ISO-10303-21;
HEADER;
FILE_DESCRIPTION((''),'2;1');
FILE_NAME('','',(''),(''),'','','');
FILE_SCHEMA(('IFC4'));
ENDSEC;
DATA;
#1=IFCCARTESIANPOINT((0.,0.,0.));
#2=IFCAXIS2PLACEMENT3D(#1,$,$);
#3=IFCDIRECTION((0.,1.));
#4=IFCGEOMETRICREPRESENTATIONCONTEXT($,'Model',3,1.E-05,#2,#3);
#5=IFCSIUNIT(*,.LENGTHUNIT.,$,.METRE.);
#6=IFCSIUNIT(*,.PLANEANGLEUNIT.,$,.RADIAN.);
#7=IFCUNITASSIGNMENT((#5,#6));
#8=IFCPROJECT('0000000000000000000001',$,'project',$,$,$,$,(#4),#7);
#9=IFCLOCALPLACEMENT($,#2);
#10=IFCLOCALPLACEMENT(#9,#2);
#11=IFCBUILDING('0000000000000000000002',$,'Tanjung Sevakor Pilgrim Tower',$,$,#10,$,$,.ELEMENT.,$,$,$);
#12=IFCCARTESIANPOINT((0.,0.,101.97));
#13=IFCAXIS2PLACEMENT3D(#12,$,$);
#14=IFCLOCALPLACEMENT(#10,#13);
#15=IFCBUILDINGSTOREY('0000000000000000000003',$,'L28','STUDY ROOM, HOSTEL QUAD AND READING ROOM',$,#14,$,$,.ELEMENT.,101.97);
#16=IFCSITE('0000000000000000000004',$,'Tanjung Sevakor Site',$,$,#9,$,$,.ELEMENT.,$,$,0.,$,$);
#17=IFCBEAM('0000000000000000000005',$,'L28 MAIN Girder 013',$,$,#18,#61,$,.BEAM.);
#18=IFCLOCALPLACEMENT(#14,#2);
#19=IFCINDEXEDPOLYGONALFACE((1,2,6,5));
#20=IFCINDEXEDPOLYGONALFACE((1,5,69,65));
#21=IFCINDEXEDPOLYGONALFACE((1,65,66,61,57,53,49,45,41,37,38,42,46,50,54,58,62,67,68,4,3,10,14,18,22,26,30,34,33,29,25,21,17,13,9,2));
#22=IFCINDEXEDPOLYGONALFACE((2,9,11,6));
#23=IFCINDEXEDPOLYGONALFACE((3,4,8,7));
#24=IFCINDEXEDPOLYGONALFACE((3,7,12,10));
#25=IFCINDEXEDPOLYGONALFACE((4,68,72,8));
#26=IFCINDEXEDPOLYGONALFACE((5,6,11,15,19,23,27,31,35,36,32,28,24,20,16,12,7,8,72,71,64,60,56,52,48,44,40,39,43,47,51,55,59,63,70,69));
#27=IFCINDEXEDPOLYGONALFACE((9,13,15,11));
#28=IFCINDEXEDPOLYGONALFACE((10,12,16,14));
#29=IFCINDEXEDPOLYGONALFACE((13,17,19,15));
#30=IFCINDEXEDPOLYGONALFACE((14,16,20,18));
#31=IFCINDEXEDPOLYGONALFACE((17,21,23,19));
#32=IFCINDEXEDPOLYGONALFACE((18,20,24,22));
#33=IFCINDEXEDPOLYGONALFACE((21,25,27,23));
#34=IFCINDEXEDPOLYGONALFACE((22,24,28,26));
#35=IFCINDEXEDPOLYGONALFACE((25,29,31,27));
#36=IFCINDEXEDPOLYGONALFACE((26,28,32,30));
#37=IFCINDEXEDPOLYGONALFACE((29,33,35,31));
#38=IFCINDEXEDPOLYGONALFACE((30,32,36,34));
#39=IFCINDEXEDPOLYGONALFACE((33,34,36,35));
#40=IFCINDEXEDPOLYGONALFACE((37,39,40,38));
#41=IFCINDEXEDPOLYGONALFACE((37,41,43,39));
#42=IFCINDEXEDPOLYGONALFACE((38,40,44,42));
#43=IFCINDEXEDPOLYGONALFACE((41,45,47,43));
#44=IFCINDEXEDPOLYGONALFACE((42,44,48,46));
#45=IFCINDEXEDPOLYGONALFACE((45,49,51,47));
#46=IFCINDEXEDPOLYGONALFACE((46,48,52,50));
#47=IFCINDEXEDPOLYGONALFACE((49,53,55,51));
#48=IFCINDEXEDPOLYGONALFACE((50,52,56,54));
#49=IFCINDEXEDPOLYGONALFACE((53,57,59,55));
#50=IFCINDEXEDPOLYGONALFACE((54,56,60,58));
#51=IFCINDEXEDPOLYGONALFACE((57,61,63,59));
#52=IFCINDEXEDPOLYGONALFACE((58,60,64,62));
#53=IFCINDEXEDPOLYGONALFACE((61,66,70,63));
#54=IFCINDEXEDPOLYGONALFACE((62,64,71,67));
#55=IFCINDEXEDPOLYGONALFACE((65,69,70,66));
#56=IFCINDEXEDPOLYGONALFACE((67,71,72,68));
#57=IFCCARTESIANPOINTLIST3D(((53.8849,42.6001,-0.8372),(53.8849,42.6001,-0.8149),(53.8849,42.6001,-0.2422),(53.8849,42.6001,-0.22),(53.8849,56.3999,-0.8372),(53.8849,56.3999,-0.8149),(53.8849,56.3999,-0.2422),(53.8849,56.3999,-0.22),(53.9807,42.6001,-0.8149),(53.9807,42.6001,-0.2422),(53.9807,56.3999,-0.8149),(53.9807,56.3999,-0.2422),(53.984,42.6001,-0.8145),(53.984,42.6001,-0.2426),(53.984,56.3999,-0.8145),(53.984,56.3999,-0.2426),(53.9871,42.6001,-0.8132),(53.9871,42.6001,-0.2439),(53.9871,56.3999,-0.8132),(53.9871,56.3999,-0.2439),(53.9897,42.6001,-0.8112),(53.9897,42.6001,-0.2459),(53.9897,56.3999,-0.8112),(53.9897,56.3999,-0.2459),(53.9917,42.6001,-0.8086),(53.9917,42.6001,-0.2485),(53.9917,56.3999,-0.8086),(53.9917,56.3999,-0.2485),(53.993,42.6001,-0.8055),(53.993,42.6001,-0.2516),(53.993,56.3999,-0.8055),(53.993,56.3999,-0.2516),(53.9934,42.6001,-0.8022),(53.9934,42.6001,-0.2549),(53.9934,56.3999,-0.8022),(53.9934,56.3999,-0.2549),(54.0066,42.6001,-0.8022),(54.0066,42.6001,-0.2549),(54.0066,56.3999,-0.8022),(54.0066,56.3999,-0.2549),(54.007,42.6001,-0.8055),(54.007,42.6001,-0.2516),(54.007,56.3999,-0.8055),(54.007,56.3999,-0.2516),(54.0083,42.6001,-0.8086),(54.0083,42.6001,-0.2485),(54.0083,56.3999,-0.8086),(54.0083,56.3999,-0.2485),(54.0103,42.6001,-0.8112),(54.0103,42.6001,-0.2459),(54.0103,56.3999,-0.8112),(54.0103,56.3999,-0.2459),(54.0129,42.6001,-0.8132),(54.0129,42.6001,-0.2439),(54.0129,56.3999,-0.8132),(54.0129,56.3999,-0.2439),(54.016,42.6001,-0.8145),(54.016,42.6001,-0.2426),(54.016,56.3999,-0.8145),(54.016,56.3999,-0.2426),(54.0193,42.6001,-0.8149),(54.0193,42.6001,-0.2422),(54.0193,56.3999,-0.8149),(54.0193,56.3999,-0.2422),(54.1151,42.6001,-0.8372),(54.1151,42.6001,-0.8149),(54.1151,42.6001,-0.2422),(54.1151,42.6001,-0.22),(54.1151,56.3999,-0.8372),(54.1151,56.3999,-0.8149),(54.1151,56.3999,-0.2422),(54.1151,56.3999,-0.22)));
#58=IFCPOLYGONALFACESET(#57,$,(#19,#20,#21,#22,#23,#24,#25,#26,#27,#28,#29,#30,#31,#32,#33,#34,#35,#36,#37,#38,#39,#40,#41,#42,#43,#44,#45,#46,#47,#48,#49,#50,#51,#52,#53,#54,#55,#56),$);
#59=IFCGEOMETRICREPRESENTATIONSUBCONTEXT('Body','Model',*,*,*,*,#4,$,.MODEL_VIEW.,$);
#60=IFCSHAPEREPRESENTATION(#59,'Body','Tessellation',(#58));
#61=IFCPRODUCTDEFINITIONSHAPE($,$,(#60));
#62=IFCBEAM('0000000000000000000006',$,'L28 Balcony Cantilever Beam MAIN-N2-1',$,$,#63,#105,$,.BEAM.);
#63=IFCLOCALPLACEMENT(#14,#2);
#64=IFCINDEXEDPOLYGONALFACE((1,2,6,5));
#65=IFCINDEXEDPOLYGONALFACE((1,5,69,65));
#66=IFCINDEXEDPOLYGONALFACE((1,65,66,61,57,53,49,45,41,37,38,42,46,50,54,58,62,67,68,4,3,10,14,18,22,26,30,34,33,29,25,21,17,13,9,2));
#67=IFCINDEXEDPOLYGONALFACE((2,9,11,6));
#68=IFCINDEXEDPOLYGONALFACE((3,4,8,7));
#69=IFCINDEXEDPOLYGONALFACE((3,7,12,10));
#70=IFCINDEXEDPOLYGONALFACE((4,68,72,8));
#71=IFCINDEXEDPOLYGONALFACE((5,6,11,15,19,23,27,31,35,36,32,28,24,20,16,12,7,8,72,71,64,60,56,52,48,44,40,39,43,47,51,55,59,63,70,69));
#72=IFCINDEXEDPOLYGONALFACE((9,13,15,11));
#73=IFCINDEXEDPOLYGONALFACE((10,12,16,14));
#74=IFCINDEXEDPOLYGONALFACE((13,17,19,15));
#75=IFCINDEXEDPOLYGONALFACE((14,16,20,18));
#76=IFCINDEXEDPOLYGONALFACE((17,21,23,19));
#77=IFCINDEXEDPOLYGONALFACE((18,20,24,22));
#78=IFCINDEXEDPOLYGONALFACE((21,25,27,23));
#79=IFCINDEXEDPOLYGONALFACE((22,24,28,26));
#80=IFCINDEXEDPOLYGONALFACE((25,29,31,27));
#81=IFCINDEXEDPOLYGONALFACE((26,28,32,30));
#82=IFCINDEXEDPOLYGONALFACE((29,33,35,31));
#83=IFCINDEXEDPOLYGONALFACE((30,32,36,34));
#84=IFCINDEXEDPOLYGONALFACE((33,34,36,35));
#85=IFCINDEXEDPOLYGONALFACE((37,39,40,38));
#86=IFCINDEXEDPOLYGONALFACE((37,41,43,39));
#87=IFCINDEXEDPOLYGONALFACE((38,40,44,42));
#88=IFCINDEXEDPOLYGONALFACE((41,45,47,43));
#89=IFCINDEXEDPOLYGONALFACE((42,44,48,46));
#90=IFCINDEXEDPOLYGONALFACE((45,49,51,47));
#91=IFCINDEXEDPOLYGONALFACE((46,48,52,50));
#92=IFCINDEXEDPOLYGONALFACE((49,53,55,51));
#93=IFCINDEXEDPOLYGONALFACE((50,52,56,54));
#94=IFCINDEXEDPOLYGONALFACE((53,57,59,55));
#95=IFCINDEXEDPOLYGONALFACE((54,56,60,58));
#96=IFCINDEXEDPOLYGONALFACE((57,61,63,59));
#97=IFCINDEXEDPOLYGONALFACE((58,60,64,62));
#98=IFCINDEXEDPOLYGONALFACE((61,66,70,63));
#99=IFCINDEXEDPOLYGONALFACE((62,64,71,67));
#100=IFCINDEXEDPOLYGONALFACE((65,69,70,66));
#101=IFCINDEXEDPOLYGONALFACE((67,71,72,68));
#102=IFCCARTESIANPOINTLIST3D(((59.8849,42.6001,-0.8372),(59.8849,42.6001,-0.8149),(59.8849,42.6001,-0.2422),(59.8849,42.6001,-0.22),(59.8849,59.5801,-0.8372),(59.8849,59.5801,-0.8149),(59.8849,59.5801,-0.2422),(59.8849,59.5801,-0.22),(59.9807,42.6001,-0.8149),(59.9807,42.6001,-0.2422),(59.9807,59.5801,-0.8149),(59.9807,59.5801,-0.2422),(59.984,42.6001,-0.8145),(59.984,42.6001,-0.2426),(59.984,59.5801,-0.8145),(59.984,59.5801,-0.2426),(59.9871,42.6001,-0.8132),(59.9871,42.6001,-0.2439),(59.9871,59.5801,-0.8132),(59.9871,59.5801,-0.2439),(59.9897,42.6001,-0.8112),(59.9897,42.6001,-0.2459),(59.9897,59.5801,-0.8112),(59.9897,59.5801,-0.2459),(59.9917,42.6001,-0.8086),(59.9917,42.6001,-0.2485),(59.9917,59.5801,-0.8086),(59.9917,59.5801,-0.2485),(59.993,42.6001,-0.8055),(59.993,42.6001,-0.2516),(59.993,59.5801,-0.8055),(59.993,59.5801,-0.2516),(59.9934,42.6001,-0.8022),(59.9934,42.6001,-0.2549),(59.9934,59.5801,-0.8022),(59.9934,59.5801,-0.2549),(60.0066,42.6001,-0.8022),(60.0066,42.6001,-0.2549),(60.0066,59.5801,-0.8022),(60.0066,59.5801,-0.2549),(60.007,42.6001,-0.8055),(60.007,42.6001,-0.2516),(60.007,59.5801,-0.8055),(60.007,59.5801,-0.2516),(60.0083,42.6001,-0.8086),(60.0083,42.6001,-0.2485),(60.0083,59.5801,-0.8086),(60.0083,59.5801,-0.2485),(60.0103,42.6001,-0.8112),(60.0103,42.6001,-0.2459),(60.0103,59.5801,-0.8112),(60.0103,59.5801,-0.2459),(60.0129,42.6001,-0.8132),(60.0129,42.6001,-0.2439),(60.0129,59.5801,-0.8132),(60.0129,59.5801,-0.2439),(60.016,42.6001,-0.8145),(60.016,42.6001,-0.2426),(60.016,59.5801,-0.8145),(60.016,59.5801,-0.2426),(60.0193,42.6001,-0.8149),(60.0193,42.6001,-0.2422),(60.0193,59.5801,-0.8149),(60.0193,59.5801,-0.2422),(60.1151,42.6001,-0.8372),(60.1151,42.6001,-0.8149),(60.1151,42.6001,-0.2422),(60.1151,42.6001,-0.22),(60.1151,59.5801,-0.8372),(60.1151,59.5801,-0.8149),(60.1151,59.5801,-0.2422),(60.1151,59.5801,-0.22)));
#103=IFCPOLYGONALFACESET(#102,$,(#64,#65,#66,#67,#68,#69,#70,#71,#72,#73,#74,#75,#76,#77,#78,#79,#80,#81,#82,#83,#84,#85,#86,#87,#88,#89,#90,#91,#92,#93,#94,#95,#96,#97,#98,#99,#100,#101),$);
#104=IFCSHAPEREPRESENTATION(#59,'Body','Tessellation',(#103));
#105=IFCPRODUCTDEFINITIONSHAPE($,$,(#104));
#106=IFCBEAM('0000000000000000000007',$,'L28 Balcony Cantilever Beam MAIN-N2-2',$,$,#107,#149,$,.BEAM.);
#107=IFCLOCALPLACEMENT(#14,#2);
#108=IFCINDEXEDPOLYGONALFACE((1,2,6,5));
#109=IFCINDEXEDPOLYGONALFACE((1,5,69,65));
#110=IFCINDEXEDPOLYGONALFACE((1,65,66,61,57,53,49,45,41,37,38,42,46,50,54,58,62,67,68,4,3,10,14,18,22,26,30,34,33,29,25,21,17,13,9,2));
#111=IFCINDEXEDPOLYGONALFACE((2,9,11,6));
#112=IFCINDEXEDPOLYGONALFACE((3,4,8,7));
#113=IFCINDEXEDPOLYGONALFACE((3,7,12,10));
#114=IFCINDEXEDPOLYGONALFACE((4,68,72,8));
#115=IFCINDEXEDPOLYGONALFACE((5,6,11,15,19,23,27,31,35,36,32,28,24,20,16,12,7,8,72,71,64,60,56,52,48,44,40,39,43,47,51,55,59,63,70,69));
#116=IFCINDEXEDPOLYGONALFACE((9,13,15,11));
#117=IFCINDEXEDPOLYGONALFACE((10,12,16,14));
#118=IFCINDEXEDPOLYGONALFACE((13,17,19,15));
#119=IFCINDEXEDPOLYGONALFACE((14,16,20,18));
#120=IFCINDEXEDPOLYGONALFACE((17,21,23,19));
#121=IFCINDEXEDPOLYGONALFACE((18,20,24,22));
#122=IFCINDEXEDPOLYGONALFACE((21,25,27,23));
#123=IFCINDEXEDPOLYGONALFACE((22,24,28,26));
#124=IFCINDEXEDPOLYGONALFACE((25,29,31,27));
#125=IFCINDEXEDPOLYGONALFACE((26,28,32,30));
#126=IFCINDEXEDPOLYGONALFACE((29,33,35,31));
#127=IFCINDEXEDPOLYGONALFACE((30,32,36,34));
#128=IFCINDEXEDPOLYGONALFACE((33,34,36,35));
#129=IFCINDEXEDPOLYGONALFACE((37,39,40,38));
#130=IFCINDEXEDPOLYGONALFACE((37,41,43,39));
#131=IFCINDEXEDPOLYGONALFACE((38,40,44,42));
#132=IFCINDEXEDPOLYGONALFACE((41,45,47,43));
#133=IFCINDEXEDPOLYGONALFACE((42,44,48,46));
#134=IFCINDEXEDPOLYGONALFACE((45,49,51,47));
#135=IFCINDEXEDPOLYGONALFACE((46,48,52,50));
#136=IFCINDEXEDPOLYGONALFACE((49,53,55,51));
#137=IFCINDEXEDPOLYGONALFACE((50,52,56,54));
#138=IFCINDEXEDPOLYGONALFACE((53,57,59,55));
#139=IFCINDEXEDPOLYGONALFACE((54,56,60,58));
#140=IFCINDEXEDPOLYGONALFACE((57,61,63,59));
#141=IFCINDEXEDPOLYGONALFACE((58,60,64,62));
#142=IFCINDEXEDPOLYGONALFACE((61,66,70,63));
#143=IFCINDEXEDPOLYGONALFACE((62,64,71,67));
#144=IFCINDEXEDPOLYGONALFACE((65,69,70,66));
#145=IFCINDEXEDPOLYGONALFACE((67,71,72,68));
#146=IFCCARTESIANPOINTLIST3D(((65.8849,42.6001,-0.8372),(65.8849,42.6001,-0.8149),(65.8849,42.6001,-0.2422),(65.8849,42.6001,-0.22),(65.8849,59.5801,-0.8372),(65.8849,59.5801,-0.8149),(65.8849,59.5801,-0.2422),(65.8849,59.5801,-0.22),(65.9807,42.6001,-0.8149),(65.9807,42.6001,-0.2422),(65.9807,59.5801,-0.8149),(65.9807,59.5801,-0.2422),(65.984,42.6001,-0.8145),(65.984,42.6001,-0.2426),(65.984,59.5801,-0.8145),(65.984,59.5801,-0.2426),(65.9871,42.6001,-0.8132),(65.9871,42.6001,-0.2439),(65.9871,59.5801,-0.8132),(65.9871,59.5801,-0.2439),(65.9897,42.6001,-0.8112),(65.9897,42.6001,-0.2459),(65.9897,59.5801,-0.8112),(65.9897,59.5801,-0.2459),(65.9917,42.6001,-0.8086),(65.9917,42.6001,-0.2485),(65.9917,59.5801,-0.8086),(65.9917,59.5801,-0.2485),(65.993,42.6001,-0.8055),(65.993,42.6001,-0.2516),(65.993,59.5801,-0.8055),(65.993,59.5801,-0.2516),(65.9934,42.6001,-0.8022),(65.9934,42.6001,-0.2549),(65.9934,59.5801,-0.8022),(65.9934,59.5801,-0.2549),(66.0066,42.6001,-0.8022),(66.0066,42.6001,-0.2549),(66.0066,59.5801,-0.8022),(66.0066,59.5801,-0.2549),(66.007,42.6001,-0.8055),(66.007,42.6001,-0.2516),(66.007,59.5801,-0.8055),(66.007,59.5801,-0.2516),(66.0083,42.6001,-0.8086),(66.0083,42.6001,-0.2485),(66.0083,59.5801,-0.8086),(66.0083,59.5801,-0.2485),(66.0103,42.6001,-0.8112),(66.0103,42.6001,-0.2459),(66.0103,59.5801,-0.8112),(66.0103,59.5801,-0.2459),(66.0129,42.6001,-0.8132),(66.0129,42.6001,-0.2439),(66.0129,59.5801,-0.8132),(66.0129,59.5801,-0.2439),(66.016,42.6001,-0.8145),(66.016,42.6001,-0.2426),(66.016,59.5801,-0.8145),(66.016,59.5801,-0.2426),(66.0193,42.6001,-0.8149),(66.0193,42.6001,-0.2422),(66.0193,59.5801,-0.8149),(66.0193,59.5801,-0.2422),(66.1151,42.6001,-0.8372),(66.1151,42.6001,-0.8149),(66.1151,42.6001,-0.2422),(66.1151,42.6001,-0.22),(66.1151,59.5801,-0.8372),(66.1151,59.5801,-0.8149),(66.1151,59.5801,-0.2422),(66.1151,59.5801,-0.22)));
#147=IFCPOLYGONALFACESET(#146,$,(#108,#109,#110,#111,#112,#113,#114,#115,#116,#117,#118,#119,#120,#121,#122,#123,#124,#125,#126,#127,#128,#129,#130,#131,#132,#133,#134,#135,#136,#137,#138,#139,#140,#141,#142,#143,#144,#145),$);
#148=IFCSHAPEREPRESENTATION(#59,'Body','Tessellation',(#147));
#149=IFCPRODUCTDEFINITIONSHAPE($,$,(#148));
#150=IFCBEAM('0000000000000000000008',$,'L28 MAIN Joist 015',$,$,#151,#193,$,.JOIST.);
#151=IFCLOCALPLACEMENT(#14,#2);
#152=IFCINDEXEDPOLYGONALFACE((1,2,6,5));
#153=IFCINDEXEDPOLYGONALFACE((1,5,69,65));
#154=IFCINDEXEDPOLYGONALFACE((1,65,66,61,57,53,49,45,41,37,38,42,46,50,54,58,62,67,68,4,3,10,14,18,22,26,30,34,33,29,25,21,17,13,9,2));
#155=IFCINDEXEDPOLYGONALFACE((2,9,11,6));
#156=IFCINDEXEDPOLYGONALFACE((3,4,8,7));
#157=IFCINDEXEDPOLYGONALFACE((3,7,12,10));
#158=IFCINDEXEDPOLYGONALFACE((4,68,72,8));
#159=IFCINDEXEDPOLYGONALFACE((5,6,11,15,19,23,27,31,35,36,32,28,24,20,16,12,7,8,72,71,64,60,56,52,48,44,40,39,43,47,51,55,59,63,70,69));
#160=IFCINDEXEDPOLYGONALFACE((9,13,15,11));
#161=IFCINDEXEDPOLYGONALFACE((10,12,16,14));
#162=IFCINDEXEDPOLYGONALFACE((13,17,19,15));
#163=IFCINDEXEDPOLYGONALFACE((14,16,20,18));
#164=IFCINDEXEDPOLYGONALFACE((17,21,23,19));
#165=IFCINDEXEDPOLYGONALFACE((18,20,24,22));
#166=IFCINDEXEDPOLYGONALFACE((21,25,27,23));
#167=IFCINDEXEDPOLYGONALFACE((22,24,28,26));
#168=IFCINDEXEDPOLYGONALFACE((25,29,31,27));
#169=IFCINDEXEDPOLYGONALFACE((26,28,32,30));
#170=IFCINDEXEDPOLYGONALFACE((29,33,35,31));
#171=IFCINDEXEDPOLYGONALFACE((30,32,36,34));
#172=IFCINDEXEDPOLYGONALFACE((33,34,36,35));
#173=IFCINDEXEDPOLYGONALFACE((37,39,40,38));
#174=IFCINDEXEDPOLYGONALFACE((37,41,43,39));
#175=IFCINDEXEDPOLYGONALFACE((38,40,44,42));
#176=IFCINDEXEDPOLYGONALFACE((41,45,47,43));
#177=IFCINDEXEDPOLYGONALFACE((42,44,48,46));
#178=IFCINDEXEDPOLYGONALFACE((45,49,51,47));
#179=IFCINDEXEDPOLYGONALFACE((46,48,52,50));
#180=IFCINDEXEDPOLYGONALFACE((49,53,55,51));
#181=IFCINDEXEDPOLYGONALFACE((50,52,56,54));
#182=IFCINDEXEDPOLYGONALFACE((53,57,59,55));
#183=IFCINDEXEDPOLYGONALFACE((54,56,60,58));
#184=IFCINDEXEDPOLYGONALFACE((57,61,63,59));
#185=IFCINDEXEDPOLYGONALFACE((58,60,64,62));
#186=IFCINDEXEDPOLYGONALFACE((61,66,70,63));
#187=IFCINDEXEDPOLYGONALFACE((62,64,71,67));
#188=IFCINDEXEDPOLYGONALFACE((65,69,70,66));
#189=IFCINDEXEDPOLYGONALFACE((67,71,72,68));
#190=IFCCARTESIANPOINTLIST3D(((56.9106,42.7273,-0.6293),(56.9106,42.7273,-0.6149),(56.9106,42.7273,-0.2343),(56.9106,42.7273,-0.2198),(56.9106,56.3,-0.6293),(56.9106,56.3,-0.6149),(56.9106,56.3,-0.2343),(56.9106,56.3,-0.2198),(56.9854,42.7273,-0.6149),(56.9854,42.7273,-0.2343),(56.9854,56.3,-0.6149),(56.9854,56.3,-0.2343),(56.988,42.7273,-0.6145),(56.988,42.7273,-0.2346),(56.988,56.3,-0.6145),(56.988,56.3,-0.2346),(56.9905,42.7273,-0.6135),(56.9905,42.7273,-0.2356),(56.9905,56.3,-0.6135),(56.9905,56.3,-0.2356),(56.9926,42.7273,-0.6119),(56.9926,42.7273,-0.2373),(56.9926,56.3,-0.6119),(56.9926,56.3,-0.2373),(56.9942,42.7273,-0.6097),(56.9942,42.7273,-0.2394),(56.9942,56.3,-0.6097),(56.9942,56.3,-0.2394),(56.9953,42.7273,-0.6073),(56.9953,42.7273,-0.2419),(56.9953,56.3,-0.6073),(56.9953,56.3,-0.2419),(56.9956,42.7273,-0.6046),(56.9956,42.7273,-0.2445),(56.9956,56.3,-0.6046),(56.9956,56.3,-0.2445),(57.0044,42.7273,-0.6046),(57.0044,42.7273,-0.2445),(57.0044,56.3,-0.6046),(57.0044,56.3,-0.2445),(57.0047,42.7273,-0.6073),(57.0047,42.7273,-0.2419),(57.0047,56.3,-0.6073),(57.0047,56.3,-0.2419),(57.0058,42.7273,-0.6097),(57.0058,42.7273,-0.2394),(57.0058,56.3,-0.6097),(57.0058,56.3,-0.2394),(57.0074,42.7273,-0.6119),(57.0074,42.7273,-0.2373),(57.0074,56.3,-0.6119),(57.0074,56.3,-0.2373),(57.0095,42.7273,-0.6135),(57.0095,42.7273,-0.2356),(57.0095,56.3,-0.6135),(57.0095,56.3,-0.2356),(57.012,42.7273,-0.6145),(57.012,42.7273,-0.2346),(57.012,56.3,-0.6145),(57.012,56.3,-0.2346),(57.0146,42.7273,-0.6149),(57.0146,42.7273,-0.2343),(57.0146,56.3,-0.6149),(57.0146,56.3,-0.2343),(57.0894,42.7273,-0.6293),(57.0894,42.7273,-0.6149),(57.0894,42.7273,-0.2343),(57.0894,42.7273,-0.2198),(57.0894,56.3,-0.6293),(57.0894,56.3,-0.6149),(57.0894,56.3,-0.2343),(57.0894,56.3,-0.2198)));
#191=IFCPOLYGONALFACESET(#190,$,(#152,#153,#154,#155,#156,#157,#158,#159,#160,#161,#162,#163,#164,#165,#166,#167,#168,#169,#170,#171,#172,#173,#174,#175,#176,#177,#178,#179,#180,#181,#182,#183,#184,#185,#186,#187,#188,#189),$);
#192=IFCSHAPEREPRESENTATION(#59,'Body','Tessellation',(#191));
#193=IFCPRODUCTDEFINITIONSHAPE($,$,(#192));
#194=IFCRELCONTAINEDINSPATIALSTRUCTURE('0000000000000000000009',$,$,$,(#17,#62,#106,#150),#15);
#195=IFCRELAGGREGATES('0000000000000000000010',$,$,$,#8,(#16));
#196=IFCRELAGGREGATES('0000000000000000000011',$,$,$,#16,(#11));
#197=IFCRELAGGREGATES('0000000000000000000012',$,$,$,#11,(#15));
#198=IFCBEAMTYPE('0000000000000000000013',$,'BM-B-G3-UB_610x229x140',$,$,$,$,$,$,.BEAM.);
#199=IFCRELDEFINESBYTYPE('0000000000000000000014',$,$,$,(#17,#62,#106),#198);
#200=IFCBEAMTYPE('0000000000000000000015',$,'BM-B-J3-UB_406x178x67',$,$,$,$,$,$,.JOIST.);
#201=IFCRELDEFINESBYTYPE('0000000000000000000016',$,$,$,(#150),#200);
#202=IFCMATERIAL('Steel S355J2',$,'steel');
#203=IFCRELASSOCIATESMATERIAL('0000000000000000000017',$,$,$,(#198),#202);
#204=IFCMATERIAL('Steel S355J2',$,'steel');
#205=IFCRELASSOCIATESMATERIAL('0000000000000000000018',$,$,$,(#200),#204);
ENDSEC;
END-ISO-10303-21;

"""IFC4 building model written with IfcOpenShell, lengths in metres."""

from ifc_helpers import new_model, si_unit, direction, frame, origin, origin_2d, place, context, subcontext, project, spatial, i_section, extrude, material, material_profile, profile_set, type_object, element, save


model = new_model("IFC4")

# Units and contexts
model_context = context("Model", 3, precision=1e-05, world=origin(), true_north=direction((0.0, 1.0)))
body_context = subcontext(model_context, "Body", "Model", "MODEL_VIEW")
ifc_project = project(units=[si_unit("LENGTHUNIT", "METRE"), si_unit("PLANEANGLEUNIT", "RADIAN")], contexts=[model_context])

# Site, building, storey
site_placement = place(None, origin())
site = spatial("IfcSite", under=ifc_project, at=site_placement, Name="Tanjung Sevakor Site", CompositionType="ELEMENT", RefElevation=0.0)
building_placement = place(site_placement, origin())
building = spatial("IfcBuilding", under=site, at=building_placement, Name="Tanjung Sevakor Pilgrim Tower", CompositionType="ELEMENT")
storey_placement = place(building_placement, frame((0.0, 0.0, 101.97)))
storey = spatial("IfcBuildingStorey", under=building, at=storey_placement, Name="L28", Description="STUDY ROOM, HOSTEL QUAD AND READING ROOM", CompositionType="ELEMENT", Elevation=101.97)

# Beams
ifc_material_1 = material(Name="Steel S355J2", Category="steel")
ifc_material_profile_1 = material_profile(ifc_material_1, i_section(OverallWidth=0.2302, OverallDepth=0.6172, WebThickness=0.0132, FlangeThickness=0.0222, FilletRadius=0.0127, at=origin_2d()))
ifc_profile_set_1 = profile_set([ifc_material_profile_1], Name="Steel S355J2")
beam_type_1 = type_object("IfcBeamType", Name="BM-B-G3-UB_610x229x140", PredefinedType="BEAM", material=ifc_profile_set_1)
beam_1_placement = place(storey_placement, frame((54.0, 42.6001, -0.5286), z_axis=(0.0, 1.0, 0.0), x_axis=(-1.0, 0.0, 0.0)))
element("IfcBeam", 1, at=beam_1_placement, inside=storey, type_object=beam_type_1, Name="L28 MAIN Girder 013", PredefinedType="BEAM", context=body_context, shape_type="SweptSolid", body=[
    extrude(i_section(OverallWidth=0.2302, OverallDepth=0.6172, WebThickness=0.0132, FlangeThickness=0.0222, FilletRadius=0.0127, at=origin_2d()), origin(), (0.0, 0.0, 1.0), 13.7998),
])
for number, where, z_axis, x_axis, name in (
    (2, (60.0, 42.6001, -0.5286), (0.0, 1.0, 0.0), (-1.0, 0.0, 0.0), "L28 Balcony Cantilever Beam MAIN-N2-1"),
    (3, (66.0, 42.6001, -0.5286), (0.0, 1.0, 0.0), (-1.0, 0.0, 0.0), "L28 Balcony Cantilever Beam MAIN-N2-2"),
):
    element("IfcBeam", number, at=place(storey_placement, frame(where, z_axis=z_axis, x_axis=x_axis)), inside=storey, type_object=beam_type_1, Name=name, PredefinedType="BEAM", context=body_context, shape_type="SweptSolid", body=[
        extrude(i_section(OverallWidth=0.2302, OverallDepth=0.6172, WebThickness=0.0132, FlangeThickness=0.0222, FilletRadius=0.0127, at=origin_2d()), origin(), (0.0, 0.0, 1.0), 16.98),
    ])
ifc_material_2 = material(Name="Steel S355J2", Category="steel")
ifc_material_profile_2 = material_profile(ifc_material_2, i_section(OverallWidth=0.1787, OverallDepth=0.4094, WebThickness=0.0088, FlangeThickness=0.0144, FilletRadius=0.0103, at=origin_2d()))
ifc_profile_set_2 = profile_set([ifc_material_profile_2], Name="Steel S355J2")
beam_type_2 = type_object("IfcBeamType", Name="BM-B-J3-UB_406x178x67", PredefinedType="JOIST", material=ifc_profile_set_2)
for number, where, z_axis, x_axis, name in (
    (4, (57.0, 42.7273, -0.4246), (0.0, 1.0, 0.0), (-1.0, 0.0, 0.0), "L28 MAIN Joist 015"),
):
    element("IfcBeam", number, at=place(storey_placement, frame(where, z_axis=z_axis, x_axis=x_axis)), inside=storey, type_object=beam_type_2, Name=name, PredefinedType="JOIST", context=body_context, shape_type="SweptSolid", body=[
        extrude(i_section(OverallWidth=0.1787, OverallDepth=0.4094, WebThickness=0.0088, FlangeThickness=0.0144, FilletRadius=0.0103, at=origin_2d()), origin(), (0.0, 0.0, 1.0), 13.5728),
    ])

save(model, "model.ifc")
